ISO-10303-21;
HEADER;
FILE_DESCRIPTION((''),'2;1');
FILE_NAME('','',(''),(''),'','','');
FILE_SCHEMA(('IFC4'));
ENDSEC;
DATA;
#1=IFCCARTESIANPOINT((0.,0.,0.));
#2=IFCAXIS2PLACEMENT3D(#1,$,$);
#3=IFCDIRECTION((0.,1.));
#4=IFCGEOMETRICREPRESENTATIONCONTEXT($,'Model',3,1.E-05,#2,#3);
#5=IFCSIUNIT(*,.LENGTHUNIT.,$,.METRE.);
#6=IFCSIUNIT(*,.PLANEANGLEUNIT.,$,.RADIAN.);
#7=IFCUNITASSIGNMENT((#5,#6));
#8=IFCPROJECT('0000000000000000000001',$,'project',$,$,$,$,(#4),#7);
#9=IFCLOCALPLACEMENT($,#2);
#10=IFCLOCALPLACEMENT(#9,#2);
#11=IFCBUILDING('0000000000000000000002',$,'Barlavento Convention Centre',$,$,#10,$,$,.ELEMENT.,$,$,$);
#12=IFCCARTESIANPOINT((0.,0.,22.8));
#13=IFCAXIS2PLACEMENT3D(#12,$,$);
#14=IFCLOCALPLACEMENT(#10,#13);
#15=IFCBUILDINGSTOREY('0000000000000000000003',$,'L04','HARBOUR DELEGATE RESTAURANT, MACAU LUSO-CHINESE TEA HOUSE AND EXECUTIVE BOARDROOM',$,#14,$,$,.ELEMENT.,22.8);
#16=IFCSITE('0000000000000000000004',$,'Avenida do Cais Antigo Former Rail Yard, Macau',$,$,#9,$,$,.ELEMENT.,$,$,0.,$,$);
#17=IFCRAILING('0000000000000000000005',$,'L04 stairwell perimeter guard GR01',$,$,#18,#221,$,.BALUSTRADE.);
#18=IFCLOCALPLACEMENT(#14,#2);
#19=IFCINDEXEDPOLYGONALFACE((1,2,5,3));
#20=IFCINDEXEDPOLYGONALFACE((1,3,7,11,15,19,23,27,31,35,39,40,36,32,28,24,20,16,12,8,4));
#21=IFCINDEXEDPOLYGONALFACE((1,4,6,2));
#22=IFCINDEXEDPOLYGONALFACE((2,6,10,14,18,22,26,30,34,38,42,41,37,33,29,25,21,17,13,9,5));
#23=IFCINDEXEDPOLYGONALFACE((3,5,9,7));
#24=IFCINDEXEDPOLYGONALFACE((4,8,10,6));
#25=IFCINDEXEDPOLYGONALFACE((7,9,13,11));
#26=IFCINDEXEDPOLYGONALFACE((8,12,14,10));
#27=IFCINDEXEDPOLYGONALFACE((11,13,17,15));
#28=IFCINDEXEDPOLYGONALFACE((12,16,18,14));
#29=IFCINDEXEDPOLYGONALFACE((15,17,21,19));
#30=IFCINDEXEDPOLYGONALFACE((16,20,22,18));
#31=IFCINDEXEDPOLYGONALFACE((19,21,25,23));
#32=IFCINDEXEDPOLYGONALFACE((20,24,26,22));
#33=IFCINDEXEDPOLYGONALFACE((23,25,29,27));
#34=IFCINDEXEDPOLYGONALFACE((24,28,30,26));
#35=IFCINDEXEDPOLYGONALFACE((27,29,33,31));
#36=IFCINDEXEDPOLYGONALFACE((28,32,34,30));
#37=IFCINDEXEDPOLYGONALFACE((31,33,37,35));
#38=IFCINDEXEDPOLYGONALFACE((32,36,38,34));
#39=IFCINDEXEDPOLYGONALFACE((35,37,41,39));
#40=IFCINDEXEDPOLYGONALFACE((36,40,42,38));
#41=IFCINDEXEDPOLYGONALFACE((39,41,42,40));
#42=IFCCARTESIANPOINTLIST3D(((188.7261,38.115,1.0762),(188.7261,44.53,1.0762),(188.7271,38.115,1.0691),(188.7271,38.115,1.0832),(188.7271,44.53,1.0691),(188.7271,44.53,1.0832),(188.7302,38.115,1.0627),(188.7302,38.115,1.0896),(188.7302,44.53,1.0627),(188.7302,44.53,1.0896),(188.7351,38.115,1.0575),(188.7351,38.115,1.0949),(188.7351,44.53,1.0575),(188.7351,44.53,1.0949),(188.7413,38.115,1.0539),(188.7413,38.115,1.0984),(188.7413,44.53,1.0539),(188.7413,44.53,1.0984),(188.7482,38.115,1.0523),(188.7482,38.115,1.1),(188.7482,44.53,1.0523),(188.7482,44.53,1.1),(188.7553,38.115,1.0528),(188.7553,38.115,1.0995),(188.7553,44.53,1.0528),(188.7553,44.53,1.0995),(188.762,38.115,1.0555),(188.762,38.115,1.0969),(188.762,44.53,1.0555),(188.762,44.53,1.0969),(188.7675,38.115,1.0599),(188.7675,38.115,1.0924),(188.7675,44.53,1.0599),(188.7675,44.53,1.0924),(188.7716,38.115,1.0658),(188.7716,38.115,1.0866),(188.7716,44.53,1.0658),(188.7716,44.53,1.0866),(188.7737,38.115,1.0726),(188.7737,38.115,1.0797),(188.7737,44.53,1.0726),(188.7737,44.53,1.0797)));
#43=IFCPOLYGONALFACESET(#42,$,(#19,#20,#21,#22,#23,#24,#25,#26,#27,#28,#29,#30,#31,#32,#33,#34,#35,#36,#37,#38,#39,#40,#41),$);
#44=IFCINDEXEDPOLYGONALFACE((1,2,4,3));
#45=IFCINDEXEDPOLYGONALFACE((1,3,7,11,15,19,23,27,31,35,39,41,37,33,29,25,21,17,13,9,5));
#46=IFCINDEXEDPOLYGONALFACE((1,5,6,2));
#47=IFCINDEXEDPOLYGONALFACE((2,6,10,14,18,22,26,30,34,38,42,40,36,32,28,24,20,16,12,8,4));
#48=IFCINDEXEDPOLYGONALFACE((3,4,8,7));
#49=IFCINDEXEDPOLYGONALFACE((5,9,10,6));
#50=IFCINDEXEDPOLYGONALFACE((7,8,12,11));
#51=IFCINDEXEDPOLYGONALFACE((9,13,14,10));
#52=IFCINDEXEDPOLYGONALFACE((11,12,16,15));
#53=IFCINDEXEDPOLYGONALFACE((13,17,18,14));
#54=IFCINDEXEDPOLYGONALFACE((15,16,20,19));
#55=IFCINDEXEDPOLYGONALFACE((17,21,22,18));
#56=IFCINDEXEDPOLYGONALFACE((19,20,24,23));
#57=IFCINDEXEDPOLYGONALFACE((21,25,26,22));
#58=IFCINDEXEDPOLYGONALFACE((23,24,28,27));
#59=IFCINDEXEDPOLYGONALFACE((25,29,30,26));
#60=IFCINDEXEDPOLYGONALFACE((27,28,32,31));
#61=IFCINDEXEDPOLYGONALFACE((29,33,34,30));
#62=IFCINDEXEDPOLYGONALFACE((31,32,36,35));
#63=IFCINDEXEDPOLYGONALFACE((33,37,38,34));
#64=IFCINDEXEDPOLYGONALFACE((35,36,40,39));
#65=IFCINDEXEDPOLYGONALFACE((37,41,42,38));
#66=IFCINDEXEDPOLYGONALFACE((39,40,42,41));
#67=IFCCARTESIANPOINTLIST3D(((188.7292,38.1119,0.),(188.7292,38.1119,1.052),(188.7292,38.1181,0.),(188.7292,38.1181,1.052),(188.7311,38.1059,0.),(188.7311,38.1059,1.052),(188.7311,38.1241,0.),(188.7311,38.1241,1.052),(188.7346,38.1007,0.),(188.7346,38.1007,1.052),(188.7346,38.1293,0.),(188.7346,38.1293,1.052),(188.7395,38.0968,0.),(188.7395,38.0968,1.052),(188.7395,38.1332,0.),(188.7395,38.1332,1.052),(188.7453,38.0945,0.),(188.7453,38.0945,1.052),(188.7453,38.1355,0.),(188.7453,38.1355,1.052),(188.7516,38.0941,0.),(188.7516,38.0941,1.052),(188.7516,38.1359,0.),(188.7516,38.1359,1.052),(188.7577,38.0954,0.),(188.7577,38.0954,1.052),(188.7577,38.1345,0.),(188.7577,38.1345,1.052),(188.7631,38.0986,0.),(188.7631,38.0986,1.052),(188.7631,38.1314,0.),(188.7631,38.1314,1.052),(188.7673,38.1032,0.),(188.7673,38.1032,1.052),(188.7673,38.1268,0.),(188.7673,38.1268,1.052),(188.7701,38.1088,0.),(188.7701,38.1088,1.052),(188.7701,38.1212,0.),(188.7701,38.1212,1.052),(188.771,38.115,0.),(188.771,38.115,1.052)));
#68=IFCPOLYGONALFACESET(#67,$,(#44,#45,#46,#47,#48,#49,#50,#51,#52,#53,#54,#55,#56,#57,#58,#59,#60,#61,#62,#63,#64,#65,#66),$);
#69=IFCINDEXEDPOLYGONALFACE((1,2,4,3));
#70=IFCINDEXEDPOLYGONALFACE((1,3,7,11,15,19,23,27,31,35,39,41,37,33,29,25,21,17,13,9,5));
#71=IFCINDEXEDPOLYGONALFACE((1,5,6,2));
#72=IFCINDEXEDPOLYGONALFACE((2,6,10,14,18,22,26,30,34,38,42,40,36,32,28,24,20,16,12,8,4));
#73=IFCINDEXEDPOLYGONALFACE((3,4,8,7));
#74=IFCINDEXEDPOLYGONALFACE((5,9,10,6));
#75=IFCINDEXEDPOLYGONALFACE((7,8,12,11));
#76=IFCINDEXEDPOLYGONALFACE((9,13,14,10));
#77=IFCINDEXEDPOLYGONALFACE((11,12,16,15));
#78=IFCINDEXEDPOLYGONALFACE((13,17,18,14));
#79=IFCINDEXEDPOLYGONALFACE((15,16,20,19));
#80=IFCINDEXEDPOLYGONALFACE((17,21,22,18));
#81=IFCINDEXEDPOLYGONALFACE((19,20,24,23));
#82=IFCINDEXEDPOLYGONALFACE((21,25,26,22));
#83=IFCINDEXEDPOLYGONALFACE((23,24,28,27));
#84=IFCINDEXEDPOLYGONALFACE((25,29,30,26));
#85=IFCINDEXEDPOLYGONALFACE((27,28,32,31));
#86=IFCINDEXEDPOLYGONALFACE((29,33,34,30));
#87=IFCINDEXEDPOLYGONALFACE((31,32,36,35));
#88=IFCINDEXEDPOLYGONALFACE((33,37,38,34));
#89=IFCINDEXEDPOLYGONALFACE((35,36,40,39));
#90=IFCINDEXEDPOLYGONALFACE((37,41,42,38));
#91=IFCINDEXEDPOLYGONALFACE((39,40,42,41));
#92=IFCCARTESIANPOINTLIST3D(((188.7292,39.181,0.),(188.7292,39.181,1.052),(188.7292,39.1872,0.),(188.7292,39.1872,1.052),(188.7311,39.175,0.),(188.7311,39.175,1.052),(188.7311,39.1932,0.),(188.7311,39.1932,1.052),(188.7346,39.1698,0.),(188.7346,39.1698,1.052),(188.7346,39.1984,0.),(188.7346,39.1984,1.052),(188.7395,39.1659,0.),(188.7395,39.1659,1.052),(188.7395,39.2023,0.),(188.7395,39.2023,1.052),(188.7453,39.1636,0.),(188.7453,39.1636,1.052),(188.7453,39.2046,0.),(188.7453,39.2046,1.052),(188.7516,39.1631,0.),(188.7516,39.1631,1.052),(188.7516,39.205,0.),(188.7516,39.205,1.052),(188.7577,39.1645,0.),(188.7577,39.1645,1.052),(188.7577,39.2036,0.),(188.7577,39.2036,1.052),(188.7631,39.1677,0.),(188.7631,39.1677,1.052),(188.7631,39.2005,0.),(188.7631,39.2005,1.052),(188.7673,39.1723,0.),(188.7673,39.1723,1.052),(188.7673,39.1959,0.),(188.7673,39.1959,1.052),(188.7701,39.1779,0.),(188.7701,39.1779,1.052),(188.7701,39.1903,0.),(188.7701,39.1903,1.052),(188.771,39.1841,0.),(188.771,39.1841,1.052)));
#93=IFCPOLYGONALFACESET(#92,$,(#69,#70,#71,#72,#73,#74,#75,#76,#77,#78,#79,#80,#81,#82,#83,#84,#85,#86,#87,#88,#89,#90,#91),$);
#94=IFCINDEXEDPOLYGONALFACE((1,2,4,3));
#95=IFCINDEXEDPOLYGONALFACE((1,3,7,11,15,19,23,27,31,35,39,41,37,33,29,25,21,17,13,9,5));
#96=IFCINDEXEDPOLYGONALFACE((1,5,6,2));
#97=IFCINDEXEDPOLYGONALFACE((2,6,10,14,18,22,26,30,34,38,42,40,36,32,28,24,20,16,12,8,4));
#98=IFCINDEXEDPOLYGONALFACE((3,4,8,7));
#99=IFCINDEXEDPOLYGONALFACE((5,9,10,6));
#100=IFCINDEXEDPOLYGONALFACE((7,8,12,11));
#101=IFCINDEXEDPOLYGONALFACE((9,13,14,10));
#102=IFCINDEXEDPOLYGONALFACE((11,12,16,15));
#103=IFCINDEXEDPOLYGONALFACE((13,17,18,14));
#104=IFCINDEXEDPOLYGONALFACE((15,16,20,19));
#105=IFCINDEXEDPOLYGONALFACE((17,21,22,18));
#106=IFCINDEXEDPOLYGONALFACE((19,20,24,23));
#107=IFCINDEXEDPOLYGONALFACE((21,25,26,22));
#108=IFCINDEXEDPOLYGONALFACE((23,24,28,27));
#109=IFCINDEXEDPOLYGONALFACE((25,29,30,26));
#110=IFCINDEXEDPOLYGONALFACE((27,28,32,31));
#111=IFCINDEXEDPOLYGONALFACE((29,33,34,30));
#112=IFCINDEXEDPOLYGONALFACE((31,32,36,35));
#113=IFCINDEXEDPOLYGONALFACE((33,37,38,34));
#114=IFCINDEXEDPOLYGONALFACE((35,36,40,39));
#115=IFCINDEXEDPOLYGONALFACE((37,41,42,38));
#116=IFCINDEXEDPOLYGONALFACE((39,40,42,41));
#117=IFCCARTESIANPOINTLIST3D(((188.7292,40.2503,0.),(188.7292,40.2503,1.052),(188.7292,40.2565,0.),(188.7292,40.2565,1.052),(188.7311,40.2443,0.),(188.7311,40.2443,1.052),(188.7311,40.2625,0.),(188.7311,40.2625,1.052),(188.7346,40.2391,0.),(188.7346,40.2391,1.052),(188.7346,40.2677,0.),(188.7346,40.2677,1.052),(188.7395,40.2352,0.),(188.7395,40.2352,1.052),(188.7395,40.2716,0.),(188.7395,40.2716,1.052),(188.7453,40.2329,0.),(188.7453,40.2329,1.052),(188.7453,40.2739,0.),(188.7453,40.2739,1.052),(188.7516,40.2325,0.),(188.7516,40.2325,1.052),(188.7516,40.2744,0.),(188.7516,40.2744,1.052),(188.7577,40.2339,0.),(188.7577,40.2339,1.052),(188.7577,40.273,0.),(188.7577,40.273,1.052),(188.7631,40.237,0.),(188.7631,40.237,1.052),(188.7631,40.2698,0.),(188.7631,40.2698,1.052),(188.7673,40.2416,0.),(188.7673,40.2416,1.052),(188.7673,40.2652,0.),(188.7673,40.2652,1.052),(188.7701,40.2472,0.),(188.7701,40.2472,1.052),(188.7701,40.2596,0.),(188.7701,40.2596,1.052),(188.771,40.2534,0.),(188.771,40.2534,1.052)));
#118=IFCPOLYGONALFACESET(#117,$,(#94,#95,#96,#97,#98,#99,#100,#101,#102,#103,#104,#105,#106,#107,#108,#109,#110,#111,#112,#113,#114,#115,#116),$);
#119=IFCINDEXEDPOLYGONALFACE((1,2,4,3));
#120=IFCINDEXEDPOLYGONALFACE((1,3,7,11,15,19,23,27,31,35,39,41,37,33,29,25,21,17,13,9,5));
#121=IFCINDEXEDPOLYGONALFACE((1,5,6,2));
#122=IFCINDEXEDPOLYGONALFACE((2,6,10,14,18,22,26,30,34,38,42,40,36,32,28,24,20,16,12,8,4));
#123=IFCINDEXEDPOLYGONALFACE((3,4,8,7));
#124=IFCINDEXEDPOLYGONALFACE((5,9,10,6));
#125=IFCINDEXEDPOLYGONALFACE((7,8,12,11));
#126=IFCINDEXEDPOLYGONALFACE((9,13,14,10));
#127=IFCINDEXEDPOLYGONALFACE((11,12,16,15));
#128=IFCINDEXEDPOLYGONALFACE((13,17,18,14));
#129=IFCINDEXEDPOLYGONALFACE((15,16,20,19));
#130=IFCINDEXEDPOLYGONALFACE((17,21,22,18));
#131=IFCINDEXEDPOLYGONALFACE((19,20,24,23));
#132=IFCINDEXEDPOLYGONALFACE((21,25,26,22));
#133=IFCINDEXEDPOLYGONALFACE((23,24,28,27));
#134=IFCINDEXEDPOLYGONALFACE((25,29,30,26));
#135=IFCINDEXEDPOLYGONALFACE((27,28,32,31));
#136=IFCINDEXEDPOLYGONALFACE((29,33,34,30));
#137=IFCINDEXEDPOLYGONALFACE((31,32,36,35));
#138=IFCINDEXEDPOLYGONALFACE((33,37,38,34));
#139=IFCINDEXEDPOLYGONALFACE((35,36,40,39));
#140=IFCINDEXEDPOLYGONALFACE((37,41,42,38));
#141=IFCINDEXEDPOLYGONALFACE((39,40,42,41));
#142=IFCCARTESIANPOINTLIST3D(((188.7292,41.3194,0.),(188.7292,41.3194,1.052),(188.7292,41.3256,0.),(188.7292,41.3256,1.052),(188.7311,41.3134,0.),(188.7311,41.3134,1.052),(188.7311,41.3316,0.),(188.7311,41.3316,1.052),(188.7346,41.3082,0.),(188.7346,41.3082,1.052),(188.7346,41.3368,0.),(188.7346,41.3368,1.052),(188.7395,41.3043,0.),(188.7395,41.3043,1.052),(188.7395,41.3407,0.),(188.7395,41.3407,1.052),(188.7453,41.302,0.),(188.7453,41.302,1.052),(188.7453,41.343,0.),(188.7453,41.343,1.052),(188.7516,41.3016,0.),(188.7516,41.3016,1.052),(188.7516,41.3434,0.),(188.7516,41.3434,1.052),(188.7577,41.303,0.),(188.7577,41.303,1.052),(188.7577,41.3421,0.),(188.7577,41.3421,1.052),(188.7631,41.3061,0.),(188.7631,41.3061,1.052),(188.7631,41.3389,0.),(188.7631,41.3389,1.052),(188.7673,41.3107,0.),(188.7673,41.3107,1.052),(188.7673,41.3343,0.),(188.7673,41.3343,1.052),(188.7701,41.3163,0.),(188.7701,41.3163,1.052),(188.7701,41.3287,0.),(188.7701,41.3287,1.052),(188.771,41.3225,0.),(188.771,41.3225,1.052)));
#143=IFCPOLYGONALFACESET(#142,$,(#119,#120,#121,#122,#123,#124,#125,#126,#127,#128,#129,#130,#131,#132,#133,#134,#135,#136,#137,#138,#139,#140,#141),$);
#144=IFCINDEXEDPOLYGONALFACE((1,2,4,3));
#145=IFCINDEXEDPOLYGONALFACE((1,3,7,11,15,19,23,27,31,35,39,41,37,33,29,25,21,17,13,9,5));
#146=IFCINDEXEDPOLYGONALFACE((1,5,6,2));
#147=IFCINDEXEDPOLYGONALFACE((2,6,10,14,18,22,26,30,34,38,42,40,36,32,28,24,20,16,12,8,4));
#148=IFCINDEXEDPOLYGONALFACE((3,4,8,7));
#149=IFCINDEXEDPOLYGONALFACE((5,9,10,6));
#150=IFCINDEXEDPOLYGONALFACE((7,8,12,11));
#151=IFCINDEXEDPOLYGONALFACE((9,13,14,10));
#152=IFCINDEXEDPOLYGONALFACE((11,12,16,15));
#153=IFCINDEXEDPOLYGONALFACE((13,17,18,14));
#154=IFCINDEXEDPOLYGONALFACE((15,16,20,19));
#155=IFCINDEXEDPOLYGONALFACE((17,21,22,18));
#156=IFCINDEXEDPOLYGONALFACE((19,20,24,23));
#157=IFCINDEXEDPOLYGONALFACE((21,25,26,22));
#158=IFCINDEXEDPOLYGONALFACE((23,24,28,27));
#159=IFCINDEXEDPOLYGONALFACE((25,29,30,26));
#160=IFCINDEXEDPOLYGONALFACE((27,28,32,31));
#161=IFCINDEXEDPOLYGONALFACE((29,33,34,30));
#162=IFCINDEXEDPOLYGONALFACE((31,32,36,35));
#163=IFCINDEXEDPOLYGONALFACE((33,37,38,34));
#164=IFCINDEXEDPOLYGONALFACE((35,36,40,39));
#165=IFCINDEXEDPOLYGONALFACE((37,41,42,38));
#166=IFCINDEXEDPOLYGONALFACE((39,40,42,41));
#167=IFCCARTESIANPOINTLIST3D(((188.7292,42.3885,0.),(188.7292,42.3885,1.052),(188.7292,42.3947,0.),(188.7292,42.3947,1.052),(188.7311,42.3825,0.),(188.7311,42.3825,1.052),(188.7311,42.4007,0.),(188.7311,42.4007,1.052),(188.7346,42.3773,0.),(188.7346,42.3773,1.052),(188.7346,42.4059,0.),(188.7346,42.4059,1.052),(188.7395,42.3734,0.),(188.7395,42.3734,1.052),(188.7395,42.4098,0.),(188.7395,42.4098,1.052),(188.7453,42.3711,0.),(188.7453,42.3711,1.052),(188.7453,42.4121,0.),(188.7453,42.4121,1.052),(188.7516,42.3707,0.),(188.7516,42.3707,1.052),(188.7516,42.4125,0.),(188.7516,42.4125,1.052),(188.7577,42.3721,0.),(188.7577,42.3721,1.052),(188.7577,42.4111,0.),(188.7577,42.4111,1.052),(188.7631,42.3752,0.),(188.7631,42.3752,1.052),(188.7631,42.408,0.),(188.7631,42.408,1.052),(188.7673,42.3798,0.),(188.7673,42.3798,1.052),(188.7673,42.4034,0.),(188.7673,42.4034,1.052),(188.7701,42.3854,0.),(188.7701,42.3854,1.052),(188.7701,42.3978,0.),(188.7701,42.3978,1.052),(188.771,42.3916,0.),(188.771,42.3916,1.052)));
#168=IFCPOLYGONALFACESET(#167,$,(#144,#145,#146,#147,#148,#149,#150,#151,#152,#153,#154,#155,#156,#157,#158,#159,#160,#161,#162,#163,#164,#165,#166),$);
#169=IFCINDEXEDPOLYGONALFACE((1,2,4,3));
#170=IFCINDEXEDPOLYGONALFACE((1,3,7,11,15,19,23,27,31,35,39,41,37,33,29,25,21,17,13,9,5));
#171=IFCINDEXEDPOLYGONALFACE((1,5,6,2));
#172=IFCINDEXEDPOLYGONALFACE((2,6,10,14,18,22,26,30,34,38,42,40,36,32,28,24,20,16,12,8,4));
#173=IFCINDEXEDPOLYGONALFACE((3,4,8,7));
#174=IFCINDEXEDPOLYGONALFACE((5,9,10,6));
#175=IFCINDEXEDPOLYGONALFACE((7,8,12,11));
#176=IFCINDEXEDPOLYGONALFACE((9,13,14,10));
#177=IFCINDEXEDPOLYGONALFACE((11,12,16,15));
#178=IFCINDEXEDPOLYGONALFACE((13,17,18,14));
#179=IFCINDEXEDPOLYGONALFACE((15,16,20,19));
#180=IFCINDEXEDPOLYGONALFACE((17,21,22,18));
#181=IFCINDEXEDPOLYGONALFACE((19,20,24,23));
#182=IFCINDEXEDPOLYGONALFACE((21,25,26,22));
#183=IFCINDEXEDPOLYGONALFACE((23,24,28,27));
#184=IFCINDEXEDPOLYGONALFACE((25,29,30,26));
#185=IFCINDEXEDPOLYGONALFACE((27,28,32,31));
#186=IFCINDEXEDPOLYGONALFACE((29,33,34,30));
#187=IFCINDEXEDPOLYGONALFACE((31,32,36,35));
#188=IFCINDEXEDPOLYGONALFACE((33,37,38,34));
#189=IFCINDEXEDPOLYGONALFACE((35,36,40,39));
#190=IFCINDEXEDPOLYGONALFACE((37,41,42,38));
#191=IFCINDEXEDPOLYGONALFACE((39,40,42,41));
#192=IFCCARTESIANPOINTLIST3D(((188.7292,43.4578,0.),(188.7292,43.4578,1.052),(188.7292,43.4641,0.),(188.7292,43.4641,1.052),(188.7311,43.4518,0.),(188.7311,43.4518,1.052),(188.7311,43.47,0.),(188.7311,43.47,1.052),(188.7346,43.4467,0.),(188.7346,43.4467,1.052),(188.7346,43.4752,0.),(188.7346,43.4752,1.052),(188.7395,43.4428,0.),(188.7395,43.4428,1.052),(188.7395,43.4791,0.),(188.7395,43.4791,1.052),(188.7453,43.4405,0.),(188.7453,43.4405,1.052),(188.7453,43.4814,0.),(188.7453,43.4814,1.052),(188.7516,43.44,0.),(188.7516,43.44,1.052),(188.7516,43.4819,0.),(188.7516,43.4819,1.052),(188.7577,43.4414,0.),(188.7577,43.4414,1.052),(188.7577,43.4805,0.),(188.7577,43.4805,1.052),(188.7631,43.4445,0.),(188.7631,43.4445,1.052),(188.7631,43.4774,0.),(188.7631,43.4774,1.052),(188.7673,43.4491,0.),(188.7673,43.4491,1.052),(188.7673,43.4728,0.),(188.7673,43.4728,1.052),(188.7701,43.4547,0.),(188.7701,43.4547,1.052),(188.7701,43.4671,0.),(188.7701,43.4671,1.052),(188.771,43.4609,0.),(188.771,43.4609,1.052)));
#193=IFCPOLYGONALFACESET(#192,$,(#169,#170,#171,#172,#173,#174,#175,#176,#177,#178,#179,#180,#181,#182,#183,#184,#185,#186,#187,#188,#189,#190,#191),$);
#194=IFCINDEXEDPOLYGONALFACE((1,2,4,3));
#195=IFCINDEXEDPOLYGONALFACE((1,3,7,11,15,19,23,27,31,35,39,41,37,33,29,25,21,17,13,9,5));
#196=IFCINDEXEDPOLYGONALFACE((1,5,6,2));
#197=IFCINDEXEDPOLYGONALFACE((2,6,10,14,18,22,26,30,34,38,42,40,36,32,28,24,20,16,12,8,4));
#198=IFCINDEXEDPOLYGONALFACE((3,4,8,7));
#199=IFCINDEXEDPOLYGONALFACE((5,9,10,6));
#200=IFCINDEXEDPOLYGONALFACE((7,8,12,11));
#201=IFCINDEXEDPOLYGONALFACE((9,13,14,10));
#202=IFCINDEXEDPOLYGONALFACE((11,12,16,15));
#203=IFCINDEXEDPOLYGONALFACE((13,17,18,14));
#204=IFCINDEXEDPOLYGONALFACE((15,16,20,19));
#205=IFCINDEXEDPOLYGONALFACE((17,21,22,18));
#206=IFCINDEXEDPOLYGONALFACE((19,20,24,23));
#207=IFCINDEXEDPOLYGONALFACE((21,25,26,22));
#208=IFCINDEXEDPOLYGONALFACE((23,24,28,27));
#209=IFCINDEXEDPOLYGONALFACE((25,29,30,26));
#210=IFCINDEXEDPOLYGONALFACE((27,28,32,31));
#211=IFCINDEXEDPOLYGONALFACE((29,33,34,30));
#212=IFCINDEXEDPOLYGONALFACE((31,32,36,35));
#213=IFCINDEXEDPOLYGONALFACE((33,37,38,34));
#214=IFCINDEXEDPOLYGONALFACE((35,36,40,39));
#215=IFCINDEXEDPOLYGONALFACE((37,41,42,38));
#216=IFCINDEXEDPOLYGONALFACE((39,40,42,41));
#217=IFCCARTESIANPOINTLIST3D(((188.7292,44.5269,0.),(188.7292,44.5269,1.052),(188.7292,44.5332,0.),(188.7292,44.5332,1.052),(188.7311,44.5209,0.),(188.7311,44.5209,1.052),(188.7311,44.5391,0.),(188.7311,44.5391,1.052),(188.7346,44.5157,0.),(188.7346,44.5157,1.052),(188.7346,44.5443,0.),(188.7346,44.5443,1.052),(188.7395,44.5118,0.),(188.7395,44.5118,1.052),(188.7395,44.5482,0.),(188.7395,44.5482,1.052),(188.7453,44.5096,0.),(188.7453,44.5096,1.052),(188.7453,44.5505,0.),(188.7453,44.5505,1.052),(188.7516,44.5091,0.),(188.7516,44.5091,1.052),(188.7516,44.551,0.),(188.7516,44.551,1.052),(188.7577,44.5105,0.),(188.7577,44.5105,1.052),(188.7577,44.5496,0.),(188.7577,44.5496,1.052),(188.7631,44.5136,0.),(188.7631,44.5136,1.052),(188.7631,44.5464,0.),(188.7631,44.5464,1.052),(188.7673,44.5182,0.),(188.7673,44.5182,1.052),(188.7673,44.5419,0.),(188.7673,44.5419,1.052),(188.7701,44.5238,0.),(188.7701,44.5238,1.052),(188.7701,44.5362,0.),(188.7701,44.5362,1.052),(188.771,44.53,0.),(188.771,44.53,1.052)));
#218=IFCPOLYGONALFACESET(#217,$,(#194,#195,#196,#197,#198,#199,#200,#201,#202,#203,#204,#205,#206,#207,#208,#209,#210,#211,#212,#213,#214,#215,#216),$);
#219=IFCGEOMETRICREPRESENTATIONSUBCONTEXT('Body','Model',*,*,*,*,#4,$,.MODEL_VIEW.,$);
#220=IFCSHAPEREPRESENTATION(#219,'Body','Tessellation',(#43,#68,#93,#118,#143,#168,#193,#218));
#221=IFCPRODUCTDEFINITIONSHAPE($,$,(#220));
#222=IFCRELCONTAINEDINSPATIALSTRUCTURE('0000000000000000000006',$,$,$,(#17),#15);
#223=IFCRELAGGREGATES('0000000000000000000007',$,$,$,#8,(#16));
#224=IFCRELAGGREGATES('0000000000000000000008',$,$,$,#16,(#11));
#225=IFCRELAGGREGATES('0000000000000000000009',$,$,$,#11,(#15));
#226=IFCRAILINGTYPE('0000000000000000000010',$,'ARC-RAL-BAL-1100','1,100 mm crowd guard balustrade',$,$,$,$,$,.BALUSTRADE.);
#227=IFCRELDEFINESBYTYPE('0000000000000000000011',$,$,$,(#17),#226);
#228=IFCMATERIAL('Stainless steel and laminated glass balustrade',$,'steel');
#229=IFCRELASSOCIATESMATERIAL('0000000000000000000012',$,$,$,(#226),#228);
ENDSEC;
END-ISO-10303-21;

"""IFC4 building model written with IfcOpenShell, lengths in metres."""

from ifc_helpers import new_model, si_unit, direction, frame, origin, origin_2d, place, context, subcontext, project, spatial, circle, extrude, material, type_object, element, save


model = new_model("IFC4")

# Units and contexts
model_context = context("Model", 3, precision=1e-05, world=origin(), true_north=direction((0.0, 1.0)))
body_context = subcontext(model_context, "Body", "Model", "MODEL_VIEW")
ifc_project = project(units=[si_unit("LENGTHUNIT", "METRE"), si_unit("PLANEANGLEUNIT", "RADIAN")], contexts=[model_context])

# Site, building, storey
site_placement = place(None, origin())
site = spatial("IfcSite", under=ifc_project, at=site_placement, Name="Avenida do Cais Antigo Former Rail Yard, Macau", CompositionType="ELEMENT", RefElevation=0.0)
building_placement = place(site_placement, origin())
building = spatial("IfcBuilding", under=site, at=building_placement, Name="Barlavento Convention Centre", CompositionType="ELEMENT")
storey_placement = place(building_placement, frame((0.0, 0.0, 22.8)))
storey = spatial("IfcBuildingStorey", under=building, at=storey_placement, Name="L04", Description="HARBOUR DELEGATE RESTAURANT, MACAU LUSO-CHINESE TEA HOUSE AND EXECUTIVE BOARDROOM", CompositionType="ELEMENT", Elevation=22.8)

# Railing
ifc_material_1 = material(Name="Stainless steel and laminated glass balustrade", Category="steel")
railing_type_1 = type_object("IfcRailingType", Name="ARC-RAL-BAL-1100", Description="1,100 mm crowd guard balustrade", PredefinedType="BALUSTRADE", material=ifc_material_1)
railing_1_placement = place(storey_placement, frame((188.75, 38.115, 0.0)))
element("IfcRailing", 1, at=railing_1_placement, inside=storey, type_object=railing_type_1, Name="L04 stairwell perimeter guard GR01", PredefinedType="BALUSTRADE", context=body_context, shape_type="SweptSolid", body=[
    extrude(circle(Radius=0.0239, at=origin_2d()), frame((0.0, 0.0, 1.0762), z_axis=(0.0, 1.0, 0.0), x_axis=(-1.0, 0.0, 0.0)), (0.0, 0.0, 1.0), 6.415),
    extrude(circle(Radius=0.021, at=origin_2d()), origin(), (0.0, 0.0, 1.0), 1.052),
    extrude(circle(Radius=0.021, at=origin_2d()), frame((0.0, 1.0691, 0.0)), (0.0, 0.0, 1.0), 1.052),
    extrude(circle(Radius=0.021, at=origin_2d()), frame((0.0, 2.1384, 0.0)), (0.0, 0.0, 1.0), 1.052),
    extrude(circle(Radius=0.021, at=origin_2d()), frame((0.0, 3.2075, 0.0)), (0.0, 0.0, 1.0), 1.052),
    extrude(circle(Radius=0.021, at=origin_2d()), frame((0.0, 4.2766, 0.0)), (0.0, 0.0, 1.0), 1.052),
    extrude(circle(Radius=0.021, at=origin_2d()), frame((0.0, 5.3459, 0.0)), (0.0, 0.0, 1.0), 1.052),
    extrude(circle(Radius=0.021, at=origin_2d()), frame((0.0, 6.415, 0.0)), (0.0, 0.0, 1.0), 1.052),
])

save(model, "model.ifc")
